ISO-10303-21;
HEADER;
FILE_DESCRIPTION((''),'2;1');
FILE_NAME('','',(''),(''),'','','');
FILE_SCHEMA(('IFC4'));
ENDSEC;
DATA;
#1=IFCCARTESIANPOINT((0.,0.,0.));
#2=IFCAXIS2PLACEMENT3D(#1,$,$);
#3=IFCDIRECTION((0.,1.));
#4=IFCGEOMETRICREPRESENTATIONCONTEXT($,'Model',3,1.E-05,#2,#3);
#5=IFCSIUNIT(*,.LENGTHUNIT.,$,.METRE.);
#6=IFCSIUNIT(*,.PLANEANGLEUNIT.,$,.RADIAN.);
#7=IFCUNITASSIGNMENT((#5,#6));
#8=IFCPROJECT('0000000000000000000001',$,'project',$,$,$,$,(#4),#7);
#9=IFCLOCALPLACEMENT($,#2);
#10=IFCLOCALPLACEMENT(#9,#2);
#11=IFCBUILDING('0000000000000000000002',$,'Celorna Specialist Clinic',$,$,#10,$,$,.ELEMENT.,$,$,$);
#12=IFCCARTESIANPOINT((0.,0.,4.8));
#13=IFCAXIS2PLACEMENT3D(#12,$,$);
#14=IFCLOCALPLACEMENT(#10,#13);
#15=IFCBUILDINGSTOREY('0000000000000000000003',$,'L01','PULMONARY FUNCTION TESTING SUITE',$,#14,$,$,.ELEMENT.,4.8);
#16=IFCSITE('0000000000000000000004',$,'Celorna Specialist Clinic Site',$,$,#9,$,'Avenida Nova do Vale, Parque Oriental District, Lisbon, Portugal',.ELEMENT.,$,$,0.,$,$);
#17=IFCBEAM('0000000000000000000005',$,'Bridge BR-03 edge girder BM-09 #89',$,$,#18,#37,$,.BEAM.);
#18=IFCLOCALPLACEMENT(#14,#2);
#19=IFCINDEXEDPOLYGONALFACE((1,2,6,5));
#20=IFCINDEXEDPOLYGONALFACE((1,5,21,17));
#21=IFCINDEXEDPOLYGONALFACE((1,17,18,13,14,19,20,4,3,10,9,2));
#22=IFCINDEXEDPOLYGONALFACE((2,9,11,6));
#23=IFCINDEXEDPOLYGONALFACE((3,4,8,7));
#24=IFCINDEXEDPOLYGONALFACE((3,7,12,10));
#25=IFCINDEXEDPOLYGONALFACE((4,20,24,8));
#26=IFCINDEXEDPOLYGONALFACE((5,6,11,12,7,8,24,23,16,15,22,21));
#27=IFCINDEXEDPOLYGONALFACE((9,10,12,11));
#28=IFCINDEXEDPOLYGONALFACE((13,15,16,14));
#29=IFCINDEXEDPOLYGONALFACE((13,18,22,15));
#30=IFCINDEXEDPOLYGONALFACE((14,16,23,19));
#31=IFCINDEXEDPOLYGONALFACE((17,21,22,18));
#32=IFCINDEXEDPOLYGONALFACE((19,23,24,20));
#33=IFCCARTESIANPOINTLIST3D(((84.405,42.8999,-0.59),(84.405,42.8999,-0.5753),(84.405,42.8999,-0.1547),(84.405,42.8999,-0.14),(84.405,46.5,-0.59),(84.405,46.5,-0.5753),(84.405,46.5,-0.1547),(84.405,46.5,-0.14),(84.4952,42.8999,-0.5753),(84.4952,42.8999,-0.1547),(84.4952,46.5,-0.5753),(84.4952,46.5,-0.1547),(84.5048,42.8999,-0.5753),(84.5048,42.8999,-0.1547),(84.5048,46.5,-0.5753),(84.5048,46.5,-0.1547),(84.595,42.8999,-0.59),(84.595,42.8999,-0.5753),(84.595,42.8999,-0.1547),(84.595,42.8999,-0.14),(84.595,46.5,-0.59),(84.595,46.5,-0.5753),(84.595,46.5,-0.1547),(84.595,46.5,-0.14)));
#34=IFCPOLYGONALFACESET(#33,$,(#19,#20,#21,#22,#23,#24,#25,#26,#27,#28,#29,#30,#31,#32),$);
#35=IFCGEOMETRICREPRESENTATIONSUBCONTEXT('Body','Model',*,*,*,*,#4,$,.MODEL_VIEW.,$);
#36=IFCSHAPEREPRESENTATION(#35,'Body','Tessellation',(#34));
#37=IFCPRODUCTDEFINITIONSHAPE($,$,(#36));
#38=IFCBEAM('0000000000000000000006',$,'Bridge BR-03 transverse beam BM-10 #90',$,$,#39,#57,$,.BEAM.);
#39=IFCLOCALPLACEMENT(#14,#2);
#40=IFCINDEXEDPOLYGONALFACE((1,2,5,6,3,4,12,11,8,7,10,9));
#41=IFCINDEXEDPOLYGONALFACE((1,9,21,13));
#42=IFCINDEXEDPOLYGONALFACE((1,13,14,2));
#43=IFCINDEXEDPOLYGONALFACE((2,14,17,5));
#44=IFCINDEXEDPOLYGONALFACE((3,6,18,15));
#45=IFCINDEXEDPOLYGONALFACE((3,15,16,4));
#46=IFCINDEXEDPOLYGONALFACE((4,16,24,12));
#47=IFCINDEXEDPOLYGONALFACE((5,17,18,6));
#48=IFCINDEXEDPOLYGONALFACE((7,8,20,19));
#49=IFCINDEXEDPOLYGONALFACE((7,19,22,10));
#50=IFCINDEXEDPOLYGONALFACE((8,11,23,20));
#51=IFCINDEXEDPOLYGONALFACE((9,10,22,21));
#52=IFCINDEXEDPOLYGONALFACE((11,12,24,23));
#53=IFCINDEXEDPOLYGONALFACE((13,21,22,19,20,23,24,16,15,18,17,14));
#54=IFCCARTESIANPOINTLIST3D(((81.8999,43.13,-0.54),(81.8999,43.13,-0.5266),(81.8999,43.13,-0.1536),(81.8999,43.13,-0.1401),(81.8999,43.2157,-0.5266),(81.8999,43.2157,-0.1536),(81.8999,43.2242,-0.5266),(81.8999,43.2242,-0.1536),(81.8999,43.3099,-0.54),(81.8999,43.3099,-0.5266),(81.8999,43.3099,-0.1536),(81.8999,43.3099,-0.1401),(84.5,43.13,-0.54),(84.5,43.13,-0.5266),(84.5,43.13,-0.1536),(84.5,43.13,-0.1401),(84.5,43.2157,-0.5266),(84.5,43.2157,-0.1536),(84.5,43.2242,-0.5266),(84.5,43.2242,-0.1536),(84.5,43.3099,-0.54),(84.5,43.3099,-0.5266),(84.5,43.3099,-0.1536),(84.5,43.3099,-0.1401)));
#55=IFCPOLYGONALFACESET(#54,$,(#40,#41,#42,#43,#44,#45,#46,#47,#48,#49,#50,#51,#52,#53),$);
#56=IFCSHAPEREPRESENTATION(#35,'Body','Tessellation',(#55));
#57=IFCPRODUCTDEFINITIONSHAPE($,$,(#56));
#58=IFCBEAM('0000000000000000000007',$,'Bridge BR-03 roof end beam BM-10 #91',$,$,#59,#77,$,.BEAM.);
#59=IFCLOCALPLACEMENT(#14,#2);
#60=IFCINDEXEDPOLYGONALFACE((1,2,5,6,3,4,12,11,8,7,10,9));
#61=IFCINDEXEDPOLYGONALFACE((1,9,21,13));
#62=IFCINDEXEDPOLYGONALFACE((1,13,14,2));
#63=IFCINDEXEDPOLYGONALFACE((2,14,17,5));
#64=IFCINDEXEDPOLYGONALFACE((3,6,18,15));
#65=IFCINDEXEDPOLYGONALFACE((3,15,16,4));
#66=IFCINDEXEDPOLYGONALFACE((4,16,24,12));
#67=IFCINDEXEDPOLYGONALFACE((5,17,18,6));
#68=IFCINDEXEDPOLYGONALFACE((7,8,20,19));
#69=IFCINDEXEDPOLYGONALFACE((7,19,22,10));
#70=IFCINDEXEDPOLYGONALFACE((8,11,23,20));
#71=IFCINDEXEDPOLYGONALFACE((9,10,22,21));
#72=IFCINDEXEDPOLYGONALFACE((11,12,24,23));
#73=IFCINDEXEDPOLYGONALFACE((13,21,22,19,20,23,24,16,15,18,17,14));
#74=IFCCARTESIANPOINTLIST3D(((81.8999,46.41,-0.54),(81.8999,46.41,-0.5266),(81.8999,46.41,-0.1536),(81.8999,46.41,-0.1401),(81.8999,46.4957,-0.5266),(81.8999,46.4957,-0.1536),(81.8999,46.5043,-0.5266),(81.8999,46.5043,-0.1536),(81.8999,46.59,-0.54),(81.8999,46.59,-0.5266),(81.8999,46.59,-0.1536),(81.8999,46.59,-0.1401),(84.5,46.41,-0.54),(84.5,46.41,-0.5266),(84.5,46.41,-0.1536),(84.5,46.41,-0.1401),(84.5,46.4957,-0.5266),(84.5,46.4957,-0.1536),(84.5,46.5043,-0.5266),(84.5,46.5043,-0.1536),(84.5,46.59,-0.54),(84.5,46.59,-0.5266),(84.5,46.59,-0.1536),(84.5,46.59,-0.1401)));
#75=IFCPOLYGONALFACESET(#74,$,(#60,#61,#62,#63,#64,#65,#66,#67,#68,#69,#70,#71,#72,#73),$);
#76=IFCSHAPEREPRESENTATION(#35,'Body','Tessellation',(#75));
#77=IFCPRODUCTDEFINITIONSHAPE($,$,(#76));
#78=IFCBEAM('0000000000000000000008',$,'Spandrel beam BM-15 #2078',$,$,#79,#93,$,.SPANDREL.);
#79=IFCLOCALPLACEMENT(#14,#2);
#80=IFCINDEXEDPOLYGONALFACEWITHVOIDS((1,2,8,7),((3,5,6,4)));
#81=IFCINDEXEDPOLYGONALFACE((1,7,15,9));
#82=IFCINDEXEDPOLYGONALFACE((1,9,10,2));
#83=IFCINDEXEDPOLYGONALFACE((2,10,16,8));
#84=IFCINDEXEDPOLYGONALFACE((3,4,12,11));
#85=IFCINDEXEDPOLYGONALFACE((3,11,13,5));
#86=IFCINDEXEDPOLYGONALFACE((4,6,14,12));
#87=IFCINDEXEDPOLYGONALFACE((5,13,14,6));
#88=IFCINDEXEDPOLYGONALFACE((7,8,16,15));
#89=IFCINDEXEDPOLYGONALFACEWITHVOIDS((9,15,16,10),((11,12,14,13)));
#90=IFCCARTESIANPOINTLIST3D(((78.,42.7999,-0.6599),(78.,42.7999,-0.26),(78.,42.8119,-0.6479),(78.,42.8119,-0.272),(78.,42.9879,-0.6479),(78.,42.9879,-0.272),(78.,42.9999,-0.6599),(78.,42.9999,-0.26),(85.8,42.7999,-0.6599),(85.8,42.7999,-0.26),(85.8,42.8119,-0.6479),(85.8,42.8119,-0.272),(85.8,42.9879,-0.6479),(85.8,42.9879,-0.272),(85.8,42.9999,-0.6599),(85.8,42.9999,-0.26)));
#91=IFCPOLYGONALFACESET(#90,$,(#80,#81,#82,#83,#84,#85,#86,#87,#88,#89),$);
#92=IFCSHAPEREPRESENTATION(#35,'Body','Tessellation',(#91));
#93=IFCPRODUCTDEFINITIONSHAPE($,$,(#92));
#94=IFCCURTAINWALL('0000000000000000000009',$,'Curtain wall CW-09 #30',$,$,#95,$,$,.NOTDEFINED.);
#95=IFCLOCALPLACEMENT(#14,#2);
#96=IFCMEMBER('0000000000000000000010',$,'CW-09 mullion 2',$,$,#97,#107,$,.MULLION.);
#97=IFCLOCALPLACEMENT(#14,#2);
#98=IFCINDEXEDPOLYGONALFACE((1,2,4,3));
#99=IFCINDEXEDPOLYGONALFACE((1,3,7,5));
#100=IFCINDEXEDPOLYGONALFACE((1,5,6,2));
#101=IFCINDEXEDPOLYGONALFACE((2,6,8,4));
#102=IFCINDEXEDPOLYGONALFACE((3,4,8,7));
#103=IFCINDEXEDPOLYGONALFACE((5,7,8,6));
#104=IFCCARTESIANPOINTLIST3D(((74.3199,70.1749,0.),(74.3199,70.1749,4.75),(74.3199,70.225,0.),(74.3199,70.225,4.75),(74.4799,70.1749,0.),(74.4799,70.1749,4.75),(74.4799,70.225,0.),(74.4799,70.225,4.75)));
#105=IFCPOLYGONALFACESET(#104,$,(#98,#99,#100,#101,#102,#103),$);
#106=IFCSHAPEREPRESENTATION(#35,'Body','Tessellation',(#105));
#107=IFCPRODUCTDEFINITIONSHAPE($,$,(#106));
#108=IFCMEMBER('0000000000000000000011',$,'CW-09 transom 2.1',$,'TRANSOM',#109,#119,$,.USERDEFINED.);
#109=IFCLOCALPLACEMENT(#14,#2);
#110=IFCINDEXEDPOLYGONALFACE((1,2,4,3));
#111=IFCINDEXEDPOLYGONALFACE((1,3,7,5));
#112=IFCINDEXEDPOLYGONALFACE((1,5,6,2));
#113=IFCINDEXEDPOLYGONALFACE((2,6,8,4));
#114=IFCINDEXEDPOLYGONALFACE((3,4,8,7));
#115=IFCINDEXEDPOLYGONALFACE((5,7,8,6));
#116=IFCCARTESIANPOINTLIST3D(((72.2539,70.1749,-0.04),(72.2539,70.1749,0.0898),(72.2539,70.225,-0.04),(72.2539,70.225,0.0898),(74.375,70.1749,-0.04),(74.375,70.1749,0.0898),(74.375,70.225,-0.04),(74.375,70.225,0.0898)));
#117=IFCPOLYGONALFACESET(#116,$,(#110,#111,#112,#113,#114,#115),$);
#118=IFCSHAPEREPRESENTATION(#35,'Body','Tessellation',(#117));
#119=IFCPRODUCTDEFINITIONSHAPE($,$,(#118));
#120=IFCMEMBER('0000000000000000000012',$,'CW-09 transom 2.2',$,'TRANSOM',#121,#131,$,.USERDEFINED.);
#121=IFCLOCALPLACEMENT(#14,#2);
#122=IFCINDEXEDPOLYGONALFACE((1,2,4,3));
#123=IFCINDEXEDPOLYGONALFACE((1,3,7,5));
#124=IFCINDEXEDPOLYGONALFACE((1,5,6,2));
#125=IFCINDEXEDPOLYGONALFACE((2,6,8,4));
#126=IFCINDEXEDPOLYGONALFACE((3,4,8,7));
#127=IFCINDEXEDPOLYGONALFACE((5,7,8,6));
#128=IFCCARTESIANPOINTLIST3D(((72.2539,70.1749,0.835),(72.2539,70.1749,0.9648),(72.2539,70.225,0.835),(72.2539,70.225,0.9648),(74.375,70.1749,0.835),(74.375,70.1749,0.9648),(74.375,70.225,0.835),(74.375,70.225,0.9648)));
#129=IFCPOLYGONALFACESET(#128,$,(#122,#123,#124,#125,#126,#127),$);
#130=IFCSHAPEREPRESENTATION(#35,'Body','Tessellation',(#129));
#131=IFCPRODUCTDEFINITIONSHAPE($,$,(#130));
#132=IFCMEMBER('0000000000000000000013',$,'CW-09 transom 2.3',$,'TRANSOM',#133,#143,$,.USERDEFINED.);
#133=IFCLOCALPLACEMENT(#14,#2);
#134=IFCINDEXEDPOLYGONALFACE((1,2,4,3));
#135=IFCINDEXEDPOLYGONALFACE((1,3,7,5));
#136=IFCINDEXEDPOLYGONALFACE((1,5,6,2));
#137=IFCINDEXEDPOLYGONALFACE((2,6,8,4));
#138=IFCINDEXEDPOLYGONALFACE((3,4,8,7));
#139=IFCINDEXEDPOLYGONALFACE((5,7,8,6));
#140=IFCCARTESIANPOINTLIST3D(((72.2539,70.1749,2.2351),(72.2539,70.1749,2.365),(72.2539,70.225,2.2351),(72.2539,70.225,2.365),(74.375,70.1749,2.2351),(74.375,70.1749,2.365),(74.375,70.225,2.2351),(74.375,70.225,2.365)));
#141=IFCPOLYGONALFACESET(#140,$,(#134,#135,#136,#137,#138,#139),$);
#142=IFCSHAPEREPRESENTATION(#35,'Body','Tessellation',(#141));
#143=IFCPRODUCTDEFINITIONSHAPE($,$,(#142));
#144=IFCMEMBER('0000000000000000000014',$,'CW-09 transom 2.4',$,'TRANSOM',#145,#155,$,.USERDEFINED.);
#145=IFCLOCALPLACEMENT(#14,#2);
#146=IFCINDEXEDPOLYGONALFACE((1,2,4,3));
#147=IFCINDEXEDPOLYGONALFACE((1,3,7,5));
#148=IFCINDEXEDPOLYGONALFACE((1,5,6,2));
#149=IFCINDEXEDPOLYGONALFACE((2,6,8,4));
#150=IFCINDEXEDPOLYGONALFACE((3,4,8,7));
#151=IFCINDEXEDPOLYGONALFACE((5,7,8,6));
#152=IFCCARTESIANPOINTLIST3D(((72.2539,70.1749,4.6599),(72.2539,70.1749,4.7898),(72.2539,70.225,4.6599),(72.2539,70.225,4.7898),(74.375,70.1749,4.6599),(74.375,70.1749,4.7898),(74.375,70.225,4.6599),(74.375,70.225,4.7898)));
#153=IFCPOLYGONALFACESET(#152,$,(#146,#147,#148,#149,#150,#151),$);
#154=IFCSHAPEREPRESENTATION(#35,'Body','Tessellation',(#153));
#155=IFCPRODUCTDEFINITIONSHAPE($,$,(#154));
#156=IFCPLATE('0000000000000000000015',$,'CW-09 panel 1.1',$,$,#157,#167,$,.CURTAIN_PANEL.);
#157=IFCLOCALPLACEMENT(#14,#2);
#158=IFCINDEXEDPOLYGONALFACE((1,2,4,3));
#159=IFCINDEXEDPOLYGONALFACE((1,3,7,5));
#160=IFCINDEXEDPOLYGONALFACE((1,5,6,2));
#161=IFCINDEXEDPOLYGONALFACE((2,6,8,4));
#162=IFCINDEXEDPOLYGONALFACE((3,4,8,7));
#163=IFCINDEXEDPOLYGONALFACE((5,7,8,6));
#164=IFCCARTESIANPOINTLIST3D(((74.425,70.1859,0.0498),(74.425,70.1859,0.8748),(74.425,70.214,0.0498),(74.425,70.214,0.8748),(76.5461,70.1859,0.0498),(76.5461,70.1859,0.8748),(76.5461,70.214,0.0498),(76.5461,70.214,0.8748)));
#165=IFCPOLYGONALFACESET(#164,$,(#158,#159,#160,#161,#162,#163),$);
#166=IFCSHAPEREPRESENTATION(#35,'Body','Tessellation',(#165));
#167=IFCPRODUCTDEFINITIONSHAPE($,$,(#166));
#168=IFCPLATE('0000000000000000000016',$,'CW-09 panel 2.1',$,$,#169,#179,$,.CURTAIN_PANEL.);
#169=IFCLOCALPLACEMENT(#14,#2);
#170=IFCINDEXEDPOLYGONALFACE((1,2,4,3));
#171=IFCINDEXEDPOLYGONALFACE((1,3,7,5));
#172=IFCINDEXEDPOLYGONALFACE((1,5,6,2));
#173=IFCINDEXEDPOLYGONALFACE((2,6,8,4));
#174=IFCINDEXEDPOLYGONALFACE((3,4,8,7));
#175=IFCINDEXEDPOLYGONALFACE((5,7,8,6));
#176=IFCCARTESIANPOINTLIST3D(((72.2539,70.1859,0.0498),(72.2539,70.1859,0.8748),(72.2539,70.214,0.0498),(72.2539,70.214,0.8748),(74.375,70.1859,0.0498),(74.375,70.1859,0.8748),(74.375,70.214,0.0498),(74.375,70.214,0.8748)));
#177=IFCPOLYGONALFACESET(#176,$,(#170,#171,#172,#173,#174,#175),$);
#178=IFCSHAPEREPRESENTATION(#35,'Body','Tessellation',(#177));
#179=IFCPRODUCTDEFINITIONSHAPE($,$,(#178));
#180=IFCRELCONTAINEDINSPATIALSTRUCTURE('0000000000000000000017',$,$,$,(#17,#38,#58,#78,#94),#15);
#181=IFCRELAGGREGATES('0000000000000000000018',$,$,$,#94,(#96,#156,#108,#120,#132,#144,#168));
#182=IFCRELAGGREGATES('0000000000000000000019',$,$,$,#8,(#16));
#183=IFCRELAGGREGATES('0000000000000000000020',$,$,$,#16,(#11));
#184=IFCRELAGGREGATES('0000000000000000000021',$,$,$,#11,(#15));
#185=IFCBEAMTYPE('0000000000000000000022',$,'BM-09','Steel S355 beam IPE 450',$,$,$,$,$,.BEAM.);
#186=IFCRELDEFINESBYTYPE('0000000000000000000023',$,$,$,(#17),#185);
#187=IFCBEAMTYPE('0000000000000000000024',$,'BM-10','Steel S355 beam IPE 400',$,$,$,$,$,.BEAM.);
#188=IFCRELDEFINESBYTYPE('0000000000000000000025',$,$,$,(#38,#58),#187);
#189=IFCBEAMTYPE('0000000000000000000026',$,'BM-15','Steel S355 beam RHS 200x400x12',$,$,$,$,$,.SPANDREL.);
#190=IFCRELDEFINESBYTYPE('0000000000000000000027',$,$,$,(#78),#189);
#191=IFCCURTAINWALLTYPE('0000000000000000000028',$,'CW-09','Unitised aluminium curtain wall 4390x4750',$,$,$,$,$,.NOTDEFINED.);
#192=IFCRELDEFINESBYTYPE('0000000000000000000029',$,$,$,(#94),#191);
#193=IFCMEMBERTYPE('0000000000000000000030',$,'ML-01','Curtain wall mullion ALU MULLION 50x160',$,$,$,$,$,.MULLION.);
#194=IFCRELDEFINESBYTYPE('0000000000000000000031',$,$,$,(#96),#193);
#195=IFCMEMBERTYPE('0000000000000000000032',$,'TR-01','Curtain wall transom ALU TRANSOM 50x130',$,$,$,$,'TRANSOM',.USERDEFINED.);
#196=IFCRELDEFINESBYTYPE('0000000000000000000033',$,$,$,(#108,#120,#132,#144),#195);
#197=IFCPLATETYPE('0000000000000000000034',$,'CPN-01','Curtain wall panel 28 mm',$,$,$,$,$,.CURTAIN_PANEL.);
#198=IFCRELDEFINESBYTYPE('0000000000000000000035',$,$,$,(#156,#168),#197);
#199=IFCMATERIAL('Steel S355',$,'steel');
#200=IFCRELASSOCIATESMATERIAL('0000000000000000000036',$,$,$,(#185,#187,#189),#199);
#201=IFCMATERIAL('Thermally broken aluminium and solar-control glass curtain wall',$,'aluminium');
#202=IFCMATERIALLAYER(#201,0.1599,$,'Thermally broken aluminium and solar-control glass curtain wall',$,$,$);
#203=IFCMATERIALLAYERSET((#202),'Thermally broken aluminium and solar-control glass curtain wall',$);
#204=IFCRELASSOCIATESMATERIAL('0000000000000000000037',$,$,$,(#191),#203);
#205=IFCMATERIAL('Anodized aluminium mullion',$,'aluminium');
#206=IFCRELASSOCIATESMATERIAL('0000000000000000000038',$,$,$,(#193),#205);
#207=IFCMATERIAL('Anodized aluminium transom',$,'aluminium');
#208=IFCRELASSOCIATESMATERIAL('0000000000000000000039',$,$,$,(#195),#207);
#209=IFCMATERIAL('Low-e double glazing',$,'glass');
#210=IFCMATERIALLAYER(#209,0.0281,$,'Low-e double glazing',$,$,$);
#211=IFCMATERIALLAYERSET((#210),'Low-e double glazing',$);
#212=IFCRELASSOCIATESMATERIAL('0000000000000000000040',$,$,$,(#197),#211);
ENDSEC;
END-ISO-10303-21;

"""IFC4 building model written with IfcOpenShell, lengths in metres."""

from ifc_helpers import new_model, si_unit, direction, frame, origin, origin_2d, place, context, subcontext, project, spatial, rectangle, hollow_rectangle, i_section, extrude, material, layer, layer_set, material_profile, profile_set, type_object, element, aggregate, save


model = new_model("IFC4")

# Units and contexts
model_context = context("Model", 3, precision=1e-05, world=origin(), true_north=direction((0.0, 1.0)))
body_context = subcontext(model_context, "Body", "Model", "MODEL_VIEW")
ifc_project = project(units=[si_unit("LENGTHUNIT", "METRE"), si_unit("PLANEANGLEUNIT", "RADIAN")], contexts=[model_context])

# Site, building, storey
site_placement = place(None, origin())
site = spatial("IfcSite", under=ifc_project, at=site_placement, Name="Celorna Specialist Clinic Site", LongName="Avenida Nova do Vale, Parque Oriental District, Lisbon, Portugal", CompositionType="ELEMENT", RefElevation=0.0)
building_placement = place(site_placement, origin())
building = spatial("IfcBuilding", under=site, at=building_placement, Name="Celorna Specialist Clinic", CompositionType="ELEMENT")
storey_placement = place(building_placement, frame((0.0, 0.0, 4.8)))
storey = spatial("IfcBuildingStorey", under=building, at=storey_placement, Name="L01", Description="PULMONARY FUNCTION TESTING SUITE", CompositionType="ELEMENT", Elevation=4.8)

# Shared definitions
ifc_material_1 = material(Name="Steel S355", Category="steel")

# Beams
ifc_material_profile_1 = material_profile(ifc_material_1, i_section(OverallWidth=0.1899, OverallDepth=0.45, WebThickness=0.0095, FlangeThickness=0.0146, at=origin_2d()), Name="IPE 450")
ifc_profile_set_1 = profile_set([ifc_material_profile_1], Name="Steel S355")
beam_type_1 = type_object("IfcBeamType", Name="BM-09", Description="Steel S355 beam IPE 450", PredefinedType="BEAM", material=ifc_profile_set_1)
for number, where, z_axis, x_axis, name in (
    (1, (84.5, 42.8999, -0.365), (0.0, 1.0, 0.0), (-1.0, 0.0, 0.0), "Bridge BR-03 edge girder BM-09 #89"),
):
    element("IfcBeam", number, at=place(storey_placement, frame(where, z_axis=z_axis, x_axis=x_axis)), inside=storey, type_object=beam_type_1, Name=name, PredefinedType="BEAM", context=body_context, shape_type="SweptSolid", body=[
        extrude(i_section(OverallWidth=0.1899, OverallDepth=0.45, WebThickness=0.0095, FlangeThickness=0.0146, at=origin_2d()), origin(), (0.0, 0.0, 1.0), 3.6001),
    ])
ifc_material_profile_2 = material_profile(ifc_material_1, i_section(OverallWidth=0.1799, OverallDepth=0.3999, WebThickness=0.0085, FlangeThickness=0.0134, at=origin_2d()), Name="IPE 400")
ifc_profile_set_2 = profile_set([ifc_material_profile_2], Name="Steel S355")
beam_type_2 = type_object("IfcBeamType", Name="BM-10", Description="Steel S355 beam IPE 400", PredefinedType="BEAM", material=ifc_profile_set_2)
for number, where, z_axis, x_axis, name in (
    (2, (81.8999, 43.22, -0.3401), (1.0, 0.0, 0.0), (0.0, 1.0, 0.0), "Bridge BR-03 transverse beam BM-10 #90"),
    (3, (81.8999, 46.5, -0.3401), (1.0, 0.0, 0.0), (0.0, 1.0, 0.0), "Bridge BR-03 roof end beam BM-10 #91"),
):
    element("IfcBeam", number, at=place(storey_placement, frame(where, z_axis=z_axis, x_axis=x_axis)), inside=storey, type_object=beam_type_2, Name=name, PredefinedType="BEAM", context=body_context, shape_type="SweptSolid", body=[
        extrude(i_section(OverallWidth=0.1799, OverallDepth=0.3999, WebThickness=0.0085, FlangeThickness=0.0134, at=origin_2d()), origin(), (0.0, 0.0, 1.0), 2.6001),
    ])
ifc_material_profile_3 = material_profile(ifc_material_1, hollow_rectangle(XDim=0.2, YDim=0.3999, WallThickness=0.012, at=origin_2d()), Name="RHS 200x400x12")
ifc_profile_set_3 = profile_set([ifc_material_profile_3], Name="Steel S355")
beam_type_3 = type_object("IfcBeamType", Name="BM-15", Description="Steel S355 beam RHS 200x400x12", PredefinedType="SPANDREL", material=ifc_profile_set_3)
beam_placement = place(storey_placement, frame((78.0, 42.8999, -0.46), z_axis=(1.0, 0.0, 0.0), x_axis=(0.0, 1.0, 0.0)))
element("IfcBeam", 4, at=beam_placement, inside=storey, type_object=beam_type_3, Name="Spandrel beam BM-15 #2078", PredefinedType="SPANDREL", context=body_context, shape_type="SweptSolid", body=[
    extrude(hollow_rectangle(XDim=0.2, YDim=0.3999, WallThickness=0.012, at=origin_2d()), origin(), (0.0, 0.0, 1.0), 7.8),
])

# Curtain wall, members, plates
ifc_material_2 = material(Name="Thermally broken aluminium and solar-control glass curtain wall", Category="aluminium")
ifc_layer_1 = layer(ifc_material_2, 0.1599, Name="Thermally broken aluminium and solar-control glass curtain wall")
ifc_layer_set_1 = layer_set([ifc_layer_1], Name="Thermally broken aluminium and solar-control glass curtain wall")
curtain_wall_type = type_object("IfcCurtainWallType", Name="CW-09", Description="Unitised aluminium curtain wall 4390x4750", PredefinedType="NOTDEFINED", material=ifc_layer_set_1)
curtain_wall_placement = place(storey_placement, origin())
curtain_wall = element("IfcCurtainWall", 5, at=curtain_wall_placement, inside=storey, type_object=curtain_wall_type, Name="Curtain wall CW-09 #30", PredefinedType="NOTDEFINED")
ifc_material_3 = material(Name="Anodized aluminium mullion", Category="aluminium")
ifc_material_profile_4 = material_profile(ifc_material_3, rectangle(XDim=0.05, YDim=0.1599, at=origin_2d()), Name="ALU MULLION 50x160")
ifc_profile_set_4 = profile_set([ifc_material_profile_4], Name="Anodized aluminium mullion")
member_type_1 = type_object("IfcMemberType", Name="ML-01", Description="Curtain wall mullion ALU MULLION 50x160", PredefinedType="MULLION", material=ifc_profile_set_4)
member_1_placement = place(storey_placement, frame((74.3999, 70.2, 0.0), z_axis=(0.0, 0.0, 1.0), x_axis=(0.0, -1.0, 0.0)))
member_1 = element("IfcMember", 6, at=member_1_placement, type_object=member_type_1, Name="CW-09 mullion 2", PredefinedType="MULLION", context=body_context, shape_type="SweptSolid", body=[
    extrude(rectangle(XDim=0.05, YDim=0.1599, at=origin_2d()), origin(), (0.0, 0.0, 1.0), 4.75),
])
ifc_material_4 = material(Name="Anodized aluminium transom", Category="aluminium")
ifc_material_profile_5 = material_profile(ifc_material_4, rectangle(XDim=0.05, YDim=0.1299, at=origin_2d()), Name="ALU TRANSOM 50x130")
ifc_profile_set_5 = profile_set([ifc_material_profile_5], Name="Anodized aluminium transom")
member_type_2 = type_object("IfcMemberType", Name="TR-01", Description="Curtain wall transom ALU TRANSOM 50x130", ElementType="TRANSOM", PredefinedType="USERDEFINED", material=ifc_profile_set_5)
member_2_placement = place(storey_placement, frame((74.375, 70.2, 0.0249), z_axis=(-1.0, 0.0, 0.0), x_axis=(0.0, -1.0, 0.0)))
member_2 = element("IfcMember", 7, at=member_2_placement, type_object=member_type_2, Name="CW-09 transom 2.1", ObjectType="TRANSOM", PredefinedType="USERDEFINED", context=body_context, shape_type="SweptSolid", body=[
    extrude(rectangle(XDim=0.05, YDim=0.1299, at=origin_2d()), origin(), (0.0, 0.0, 1.0), 2.1211),
])
member_3_placement = place(storey_placement, frame((74.375, 70.2, 0.8999), z_axis=(-1.0, 0.0, 0.0), x_axis=(0.0, -1.0, 0.0)))
member_3 = element("IfcMember", 8, at=member_3_placement, type_object=member_type_2, Name="CW-09 transom 2.2", ObjectType="TRANSOM", PredefinedType="USERDEFINED", context=body_context, shape_type="SweptSolid", body=[
    extrude(rectangle(XDim=0.05, YDim=0.1299, at=origin_2d()), origin(), (0.0, 0.0, 1.0), 2.1211),
])
member_4_placement = place(storey_placement, frame((74.375, 70.2, 2.3), z_axis=(-1.0, 0.0, 0.0), x_axis=(0.0, -1.0, 0.0)))
member_4 = element("IfcMember", 9, at=member_4_placement, type_object=member_type_2, Name="CW-09 transom 2.3", ObjectType="TRANSOM", PredefinedType="USERDEFINED", context=body_context, shape_type="SweptSolid", body=[
    extrude(rectangle(XDim=0.05, YDim=0.1299, at=origin_2d()), origin(), (0.0, 0.0, 1.0), 2.1211),
])
member_5_placement = place(storey_placement, frame((74.375, 70.2, 4.7249), z_axis=(-1.0, 0.0, 0.0), x_axis=(0.0, -1.0, 0.0)))
member_5 = element("IfcMember", 10, at=member_5_placement, type_object=member_type_2, Name="CW-09 transom 2.4", ObjectType="TRANSOM", PredefinedType="USERDEFINED", context=body_context, shape_type="SweptSolid", body=[
    extrude(rectangle(XDim=0.05, YDim=0.1299, at=origin_2d()), origin(), (0.0, 0.0, 1.0), 2.1211),
])
ifc_material_5 = material(Name="Low-e double glazing", Category="glass")
ifc_layer_2 = layer(ifc_material_5, 0.0281, Name="Low-e double glazing")
ifc_layer_set_2 = layer_set([ifc_layer_2], Name="Low-e double glazing")
plate_type = type_object("IfcPlateType", Name="CPN-01", Description="Curtain wall panel 28 mm", PredefinedType="CURTAIN_PANEL", material=ifc_layer_set_2)
plate_1_placement = place(storey_placement, frame((75.4856, 70.2, 0.0498), z_axis=(0.0, 0.0, 1.0), x_axis=(-1.0, 0.0, 0.0)))
plate_1 = element("IfcPlate", 11, at=plate_1_placement, type_object=plate_type, Name="CW-09 panel 1.1", PredefinedType="CURTAIN_PANEL", context=body_context, shape_type="SweptSolid", body=[
    extrude(rectangle(XDim=2.1211, YDim=0.0281, at=origin_2d()), origin(), (0.0, 0.0, 1.0), 0.825),
])
plate_2_placement = place(storey_placement, frame((73.3145, 70.2, 0.0498), z_axis=(0.0, 0.0, 1.0), x_axis=(-1.0, 0.0, 0.0)))
plate_2 = element("IfcPlate", 12, at=plate_2_placement, type_object=plate_type, Name="CW-09 panel 2.1", PredefinedType="CURTAIN_PANEL", context=body_context, shape_type="SweptSolid", body=[
    extrude(rectangle(XDim=2.1211, YDim=0.0281, at=origin_2d()), origin(), (0.0, 0.0, 1.0), 0.825),
])
aggregate(curtain_wall, [member_1, plate_1, member_2, member_3, member_4, member_5, plate_2])

save(model, "model.ifc")
